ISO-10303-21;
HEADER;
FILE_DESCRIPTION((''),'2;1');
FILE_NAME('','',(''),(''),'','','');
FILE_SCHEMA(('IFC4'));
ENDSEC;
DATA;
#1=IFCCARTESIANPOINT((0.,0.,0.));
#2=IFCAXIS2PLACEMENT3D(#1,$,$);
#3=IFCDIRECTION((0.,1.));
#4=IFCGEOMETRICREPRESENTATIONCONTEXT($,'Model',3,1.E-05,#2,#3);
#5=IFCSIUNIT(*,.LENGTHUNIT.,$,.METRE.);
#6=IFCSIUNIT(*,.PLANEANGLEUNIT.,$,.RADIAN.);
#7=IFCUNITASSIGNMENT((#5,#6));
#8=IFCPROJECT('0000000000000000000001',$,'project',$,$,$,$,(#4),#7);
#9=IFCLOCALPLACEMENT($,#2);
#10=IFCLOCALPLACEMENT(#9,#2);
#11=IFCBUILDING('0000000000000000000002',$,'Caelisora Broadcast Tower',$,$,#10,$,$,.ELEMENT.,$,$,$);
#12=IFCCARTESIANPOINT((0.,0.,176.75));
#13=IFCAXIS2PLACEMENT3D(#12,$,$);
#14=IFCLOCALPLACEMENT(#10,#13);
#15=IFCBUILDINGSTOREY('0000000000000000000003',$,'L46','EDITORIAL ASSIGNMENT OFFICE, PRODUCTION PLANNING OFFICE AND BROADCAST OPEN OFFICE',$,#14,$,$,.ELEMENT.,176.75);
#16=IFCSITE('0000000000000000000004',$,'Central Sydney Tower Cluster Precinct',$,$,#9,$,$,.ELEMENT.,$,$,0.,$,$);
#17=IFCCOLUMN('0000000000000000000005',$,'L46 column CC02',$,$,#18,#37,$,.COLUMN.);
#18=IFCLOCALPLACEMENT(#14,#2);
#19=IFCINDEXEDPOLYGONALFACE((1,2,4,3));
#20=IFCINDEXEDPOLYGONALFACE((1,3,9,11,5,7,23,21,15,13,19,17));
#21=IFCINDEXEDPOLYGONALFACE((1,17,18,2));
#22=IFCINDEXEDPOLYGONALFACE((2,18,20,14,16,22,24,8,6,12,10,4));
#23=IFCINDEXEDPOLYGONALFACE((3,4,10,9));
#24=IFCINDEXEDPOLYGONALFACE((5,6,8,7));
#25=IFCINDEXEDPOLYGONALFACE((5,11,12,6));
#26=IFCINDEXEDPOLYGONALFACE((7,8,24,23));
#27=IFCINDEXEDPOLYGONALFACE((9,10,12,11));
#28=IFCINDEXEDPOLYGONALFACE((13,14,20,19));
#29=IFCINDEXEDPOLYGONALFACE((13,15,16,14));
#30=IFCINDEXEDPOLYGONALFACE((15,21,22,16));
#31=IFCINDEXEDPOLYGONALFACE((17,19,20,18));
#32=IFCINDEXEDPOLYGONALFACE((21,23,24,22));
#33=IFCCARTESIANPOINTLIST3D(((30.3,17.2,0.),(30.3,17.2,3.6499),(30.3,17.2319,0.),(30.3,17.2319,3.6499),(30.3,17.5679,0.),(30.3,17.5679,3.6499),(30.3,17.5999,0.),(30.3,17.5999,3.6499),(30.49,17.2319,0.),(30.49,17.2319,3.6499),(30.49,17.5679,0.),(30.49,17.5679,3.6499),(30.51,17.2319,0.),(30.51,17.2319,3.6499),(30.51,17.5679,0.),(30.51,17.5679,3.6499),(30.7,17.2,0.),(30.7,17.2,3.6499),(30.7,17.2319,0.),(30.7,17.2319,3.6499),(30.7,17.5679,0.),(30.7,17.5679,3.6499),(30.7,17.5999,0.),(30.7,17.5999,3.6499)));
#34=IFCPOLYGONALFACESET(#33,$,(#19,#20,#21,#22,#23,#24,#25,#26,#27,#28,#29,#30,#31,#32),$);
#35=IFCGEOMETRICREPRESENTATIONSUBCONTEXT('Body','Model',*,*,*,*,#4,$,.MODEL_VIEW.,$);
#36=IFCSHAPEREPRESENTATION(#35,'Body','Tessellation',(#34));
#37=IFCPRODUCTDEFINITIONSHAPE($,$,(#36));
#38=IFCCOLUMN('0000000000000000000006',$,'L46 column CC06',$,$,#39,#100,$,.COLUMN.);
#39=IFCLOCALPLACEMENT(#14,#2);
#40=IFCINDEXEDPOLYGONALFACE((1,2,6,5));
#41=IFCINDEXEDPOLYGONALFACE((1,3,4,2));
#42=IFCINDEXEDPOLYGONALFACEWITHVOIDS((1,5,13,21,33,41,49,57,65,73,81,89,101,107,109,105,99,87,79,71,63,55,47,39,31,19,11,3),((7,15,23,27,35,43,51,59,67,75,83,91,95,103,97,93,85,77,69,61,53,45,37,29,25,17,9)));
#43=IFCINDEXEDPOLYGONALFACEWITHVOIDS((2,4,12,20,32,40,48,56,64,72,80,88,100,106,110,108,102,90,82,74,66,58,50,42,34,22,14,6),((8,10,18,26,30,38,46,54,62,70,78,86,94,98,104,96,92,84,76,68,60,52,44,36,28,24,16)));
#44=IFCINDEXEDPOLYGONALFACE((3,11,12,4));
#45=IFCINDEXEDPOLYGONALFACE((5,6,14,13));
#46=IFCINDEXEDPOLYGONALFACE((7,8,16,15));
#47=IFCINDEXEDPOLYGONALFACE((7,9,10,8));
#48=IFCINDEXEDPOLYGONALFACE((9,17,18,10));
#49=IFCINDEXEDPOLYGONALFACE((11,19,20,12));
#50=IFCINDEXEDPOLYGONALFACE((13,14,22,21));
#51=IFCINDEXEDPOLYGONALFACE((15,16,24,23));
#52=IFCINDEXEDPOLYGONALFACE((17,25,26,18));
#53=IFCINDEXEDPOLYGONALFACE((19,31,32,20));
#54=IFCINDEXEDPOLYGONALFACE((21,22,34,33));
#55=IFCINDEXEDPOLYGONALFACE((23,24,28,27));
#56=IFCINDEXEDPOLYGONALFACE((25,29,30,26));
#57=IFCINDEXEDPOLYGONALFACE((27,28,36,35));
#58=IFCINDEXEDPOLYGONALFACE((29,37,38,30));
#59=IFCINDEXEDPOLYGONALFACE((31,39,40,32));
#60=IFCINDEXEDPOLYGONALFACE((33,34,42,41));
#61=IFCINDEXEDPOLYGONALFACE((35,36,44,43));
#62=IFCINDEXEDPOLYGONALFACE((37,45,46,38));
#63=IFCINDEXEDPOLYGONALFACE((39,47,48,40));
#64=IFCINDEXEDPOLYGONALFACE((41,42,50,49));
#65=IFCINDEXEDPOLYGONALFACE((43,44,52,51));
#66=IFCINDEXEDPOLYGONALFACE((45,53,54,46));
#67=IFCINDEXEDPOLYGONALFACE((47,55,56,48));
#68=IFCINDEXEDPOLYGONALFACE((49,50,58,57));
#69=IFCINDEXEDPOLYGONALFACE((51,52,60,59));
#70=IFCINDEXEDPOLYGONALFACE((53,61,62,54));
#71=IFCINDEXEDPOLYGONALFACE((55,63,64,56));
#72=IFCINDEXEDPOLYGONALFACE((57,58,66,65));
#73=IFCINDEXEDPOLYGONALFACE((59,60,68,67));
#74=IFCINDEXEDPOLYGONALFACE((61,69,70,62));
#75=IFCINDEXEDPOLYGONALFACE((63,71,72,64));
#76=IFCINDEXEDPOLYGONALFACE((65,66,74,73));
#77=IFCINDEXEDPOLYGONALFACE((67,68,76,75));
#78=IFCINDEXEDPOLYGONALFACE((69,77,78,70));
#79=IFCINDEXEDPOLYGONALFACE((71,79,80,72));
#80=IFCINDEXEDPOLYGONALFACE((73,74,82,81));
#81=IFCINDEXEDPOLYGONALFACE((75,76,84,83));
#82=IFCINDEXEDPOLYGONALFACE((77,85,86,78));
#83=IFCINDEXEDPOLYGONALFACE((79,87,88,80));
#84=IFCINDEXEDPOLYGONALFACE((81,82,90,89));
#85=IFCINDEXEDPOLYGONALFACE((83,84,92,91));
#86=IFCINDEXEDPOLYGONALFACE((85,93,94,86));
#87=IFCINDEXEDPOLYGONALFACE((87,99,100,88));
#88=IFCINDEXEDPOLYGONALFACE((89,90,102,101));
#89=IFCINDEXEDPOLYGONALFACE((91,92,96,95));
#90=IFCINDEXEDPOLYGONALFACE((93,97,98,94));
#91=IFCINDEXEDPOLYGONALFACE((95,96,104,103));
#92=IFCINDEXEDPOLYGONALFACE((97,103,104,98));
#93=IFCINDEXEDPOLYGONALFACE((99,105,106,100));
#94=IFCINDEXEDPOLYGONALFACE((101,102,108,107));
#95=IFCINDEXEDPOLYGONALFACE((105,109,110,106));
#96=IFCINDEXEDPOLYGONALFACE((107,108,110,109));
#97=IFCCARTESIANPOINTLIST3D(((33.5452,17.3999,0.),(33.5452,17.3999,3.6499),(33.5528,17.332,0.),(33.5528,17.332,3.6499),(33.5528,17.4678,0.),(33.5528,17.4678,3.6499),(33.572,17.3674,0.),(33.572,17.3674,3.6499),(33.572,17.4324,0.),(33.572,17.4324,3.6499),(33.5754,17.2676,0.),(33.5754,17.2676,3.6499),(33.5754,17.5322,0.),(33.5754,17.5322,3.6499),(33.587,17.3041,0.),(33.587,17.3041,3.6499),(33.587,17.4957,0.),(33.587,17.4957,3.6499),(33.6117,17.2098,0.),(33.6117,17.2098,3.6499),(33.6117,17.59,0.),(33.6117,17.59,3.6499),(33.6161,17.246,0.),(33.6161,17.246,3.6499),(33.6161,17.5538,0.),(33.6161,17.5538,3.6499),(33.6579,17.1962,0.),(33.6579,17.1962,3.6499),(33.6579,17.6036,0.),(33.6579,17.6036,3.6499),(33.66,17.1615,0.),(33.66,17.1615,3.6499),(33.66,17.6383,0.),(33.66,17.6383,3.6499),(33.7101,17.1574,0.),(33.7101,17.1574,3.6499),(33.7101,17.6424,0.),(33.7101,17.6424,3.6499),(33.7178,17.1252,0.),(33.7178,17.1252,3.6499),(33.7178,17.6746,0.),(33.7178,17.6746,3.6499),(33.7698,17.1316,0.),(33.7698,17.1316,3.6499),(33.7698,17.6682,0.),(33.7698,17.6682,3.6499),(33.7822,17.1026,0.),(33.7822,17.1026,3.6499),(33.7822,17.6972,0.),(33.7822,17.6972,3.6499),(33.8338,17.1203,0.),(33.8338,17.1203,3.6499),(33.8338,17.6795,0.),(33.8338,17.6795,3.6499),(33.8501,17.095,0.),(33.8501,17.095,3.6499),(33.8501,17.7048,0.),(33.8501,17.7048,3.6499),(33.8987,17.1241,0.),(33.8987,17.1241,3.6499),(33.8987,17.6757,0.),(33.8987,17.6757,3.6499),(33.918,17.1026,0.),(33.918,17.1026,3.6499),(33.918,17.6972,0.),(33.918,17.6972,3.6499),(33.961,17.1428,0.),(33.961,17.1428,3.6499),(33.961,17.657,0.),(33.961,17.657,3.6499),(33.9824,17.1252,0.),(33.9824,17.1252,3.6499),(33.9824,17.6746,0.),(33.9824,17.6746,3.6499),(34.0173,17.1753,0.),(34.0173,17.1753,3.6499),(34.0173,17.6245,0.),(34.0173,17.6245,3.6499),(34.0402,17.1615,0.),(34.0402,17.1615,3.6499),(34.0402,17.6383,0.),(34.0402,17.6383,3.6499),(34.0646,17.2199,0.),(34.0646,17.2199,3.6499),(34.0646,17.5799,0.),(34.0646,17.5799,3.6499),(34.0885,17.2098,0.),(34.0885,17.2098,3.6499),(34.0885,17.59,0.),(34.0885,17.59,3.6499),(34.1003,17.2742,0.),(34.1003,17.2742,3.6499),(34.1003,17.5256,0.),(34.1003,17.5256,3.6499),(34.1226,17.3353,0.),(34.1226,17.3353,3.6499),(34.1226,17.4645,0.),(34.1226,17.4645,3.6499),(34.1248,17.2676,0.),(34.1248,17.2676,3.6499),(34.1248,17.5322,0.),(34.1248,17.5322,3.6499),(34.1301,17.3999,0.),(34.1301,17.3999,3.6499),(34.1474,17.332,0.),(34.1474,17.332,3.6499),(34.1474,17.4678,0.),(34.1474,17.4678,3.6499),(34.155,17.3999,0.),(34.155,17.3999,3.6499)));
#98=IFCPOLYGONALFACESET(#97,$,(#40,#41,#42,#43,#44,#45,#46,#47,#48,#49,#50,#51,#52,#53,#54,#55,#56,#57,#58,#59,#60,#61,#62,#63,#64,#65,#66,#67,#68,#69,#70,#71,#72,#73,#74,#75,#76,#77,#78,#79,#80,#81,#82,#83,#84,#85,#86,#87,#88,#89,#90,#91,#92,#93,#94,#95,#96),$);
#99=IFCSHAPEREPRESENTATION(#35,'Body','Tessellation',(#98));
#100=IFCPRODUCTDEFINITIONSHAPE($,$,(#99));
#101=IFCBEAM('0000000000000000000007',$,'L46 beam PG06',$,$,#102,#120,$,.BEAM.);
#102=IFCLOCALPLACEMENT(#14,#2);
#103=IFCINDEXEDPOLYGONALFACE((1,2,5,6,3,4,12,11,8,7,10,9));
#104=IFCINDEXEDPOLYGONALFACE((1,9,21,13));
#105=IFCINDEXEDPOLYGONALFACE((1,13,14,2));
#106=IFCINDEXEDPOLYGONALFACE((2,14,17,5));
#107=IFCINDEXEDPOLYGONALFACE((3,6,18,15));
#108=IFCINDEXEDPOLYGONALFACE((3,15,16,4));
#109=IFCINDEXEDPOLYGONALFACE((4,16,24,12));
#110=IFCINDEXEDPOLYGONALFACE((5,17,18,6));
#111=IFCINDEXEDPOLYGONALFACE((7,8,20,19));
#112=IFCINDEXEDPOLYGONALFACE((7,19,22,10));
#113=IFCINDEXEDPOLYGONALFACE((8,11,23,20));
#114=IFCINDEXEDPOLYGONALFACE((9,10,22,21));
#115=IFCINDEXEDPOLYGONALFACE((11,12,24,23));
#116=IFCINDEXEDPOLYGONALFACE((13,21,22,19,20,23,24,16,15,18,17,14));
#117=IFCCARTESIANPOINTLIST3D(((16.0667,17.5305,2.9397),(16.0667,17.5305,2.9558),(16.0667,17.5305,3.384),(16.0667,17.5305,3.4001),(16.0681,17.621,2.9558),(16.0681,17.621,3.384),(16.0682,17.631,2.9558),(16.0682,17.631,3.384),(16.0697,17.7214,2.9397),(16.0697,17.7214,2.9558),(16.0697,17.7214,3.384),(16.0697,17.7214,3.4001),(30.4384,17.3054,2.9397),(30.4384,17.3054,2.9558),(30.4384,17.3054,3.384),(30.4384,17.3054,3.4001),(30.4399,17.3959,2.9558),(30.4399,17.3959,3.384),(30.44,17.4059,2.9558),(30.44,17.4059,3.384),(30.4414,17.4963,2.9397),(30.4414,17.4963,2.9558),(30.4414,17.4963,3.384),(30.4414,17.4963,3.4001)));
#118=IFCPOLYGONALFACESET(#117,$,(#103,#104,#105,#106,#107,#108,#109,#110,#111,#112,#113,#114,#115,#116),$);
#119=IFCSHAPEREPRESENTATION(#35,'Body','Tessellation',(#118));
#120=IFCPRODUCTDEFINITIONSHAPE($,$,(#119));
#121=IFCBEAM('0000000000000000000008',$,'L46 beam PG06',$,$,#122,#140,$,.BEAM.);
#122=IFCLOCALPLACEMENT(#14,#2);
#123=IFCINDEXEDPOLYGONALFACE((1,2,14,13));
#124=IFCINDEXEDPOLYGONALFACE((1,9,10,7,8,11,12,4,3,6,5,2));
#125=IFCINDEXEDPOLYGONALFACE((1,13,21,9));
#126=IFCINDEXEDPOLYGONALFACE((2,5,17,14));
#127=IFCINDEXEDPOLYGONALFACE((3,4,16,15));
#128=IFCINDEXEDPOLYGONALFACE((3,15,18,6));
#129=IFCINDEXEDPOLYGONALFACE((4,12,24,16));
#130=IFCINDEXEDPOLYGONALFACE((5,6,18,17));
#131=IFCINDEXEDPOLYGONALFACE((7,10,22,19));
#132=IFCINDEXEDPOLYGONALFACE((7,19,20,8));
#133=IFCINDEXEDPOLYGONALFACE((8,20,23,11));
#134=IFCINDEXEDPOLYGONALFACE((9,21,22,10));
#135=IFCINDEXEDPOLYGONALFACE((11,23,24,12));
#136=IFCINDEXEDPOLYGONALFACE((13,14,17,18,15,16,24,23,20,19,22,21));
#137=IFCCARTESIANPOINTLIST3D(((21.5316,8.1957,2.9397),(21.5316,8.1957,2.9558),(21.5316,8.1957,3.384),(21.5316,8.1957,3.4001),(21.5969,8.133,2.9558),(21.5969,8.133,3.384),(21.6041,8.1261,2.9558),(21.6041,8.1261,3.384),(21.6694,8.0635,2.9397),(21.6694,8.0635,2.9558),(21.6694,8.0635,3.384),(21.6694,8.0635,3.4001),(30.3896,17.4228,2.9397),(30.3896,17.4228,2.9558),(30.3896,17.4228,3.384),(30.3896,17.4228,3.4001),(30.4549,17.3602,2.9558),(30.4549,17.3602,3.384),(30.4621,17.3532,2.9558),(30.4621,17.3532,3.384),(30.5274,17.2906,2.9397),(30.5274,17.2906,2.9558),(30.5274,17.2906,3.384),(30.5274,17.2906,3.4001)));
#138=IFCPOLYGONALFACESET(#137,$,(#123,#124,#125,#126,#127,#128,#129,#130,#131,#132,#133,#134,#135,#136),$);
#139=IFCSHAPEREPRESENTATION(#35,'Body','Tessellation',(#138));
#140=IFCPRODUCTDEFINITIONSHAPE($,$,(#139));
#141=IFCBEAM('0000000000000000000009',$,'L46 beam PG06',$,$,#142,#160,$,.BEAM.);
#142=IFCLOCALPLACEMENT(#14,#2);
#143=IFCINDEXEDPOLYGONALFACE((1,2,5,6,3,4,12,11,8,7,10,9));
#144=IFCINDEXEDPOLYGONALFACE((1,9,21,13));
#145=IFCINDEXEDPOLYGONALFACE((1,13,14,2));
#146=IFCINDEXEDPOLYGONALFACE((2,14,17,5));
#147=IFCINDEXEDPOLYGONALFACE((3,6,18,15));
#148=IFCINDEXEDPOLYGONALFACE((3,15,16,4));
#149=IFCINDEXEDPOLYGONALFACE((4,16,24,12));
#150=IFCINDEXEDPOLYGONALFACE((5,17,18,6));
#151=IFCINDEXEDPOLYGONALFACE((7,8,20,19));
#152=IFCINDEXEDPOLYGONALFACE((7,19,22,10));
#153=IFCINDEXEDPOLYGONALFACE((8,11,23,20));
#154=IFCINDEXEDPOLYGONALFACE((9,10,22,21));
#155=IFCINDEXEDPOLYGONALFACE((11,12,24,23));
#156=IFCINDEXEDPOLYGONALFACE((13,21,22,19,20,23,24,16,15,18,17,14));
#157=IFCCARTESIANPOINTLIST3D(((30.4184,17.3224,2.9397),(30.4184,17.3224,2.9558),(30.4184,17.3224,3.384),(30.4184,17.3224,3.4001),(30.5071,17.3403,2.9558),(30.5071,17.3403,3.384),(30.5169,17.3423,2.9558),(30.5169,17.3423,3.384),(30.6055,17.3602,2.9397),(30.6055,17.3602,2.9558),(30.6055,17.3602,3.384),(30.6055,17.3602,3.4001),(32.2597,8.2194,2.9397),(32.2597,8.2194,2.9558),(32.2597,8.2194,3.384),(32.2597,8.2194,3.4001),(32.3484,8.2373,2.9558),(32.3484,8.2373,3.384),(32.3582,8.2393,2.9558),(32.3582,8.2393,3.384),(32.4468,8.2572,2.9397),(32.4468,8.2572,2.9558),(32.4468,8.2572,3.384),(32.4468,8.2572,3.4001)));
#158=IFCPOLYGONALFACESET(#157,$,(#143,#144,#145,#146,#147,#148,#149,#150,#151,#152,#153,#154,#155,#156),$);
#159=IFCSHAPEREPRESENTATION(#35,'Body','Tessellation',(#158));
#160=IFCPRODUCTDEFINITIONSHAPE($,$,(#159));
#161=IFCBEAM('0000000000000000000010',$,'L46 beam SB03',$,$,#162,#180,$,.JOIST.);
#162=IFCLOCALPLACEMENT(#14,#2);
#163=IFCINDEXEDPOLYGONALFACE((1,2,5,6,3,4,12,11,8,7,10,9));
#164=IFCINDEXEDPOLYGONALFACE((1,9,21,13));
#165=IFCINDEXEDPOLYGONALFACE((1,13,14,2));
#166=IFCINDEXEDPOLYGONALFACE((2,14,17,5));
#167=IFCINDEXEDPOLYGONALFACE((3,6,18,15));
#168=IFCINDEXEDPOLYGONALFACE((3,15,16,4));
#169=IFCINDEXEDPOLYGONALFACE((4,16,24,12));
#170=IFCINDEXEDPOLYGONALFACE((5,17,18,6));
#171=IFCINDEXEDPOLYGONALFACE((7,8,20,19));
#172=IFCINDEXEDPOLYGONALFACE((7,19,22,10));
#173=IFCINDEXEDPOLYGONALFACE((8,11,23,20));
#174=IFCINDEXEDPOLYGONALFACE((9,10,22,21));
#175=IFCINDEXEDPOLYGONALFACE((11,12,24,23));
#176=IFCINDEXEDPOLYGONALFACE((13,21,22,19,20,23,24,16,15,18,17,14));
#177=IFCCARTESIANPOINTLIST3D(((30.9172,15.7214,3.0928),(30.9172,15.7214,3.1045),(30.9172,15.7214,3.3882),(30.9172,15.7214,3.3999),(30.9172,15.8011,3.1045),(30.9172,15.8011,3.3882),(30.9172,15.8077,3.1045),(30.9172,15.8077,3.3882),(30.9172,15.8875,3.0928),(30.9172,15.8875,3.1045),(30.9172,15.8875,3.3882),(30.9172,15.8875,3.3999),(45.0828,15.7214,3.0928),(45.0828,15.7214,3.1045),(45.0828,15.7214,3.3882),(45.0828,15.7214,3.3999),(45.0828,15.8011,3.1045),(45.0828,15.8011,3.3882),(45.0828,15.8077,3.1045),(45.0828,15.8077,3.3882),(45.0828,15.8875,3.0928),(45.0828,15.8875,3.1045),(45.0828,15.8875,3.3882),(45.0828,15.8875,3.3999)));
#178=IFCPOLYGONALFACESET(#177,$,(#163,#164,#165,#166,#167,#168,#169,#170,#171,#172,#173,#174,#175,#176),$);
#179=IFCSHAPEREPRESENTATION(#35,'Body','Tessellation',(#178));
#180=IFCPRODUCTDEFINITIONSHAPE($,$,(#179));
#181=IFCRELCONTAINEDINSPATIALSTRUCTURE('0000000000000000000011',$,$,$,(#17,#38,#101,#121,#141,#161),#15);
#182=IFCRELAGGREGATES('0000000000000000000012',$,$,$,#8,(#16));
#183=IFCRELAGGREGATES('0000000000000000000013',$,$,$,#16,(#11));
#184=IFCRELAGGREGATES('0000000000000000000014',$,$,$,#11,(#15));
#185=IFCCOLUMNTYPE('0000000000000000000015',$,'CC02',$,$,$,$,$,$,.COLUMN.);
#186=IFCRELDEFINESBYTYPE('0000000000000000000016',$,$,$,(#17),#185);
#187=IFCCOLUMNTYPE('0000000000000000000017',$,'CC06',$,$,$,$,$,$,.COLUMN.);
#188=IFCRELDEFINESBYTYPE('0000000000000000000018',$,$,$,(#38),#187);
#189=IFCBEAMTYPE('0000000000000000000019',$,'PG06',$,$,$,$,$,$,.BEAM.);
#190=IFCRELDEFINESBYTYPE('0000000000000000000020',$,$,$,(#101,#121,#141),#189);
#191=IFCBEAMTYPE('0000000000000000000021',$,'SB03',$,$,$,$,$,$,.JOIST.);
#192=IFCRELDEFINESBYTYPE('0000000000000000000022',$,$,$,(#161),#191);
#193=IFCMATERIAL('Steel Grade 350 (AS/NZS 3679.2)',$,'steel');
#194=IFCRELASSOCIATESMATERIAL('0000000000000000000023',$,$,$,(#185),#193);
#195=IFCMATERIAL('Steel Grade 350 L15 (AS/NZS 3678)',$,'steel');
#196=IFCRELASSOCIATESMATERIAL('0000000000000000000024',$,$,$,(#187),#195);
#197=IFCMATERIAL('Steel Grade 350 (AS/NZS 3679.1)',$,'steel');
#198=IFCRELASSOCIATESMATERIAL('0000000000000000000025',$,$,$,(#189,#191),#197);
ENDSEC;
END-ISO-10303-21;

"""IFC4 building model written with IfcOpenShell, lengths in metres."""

from ifc_helpers import new_model, si_unit, direction, frame, origin, origin_2d, place, context, subcontext, project, spatial, hollow_circle, i_section, extrude, source, transform, mapped, material, material_profile, profile_set, type_object, type_shapes, element, save


model = new_model("IFC4")

# Units and contexts
model_context = context("Model", 3, precision=1e-05, world=origin(), true_north=direction((0.0, 1.0)))
body_context = subcontext(model_context, "Body", "Model", "MODEL_VIEW")
ifc_project = project(units=[si_unit("LENGTHUNIT", "METRE"), si_unit("PLANEANGLEUNIT", "RADIAN")], contexts=[model_context])

# Site, building, storey
site_placement = place(None, origin())
site = spatial("IfcSite", under=ifc_project, at=site_placement, Name="Central Sydney Tower Cluster Precinct", CompositionType="ELEMENT", RefElevation=0.0)
building_placement = place(site_placement, origin())
building = spatial("IfcBuilding", under=site, at=building_placement, Name="Caelisora Broadcast Tower", CompositionType="ELEMENT")
storey_placement = place(building_placement, frame((0.0, 0.0, 176.75)))
storey = spatial("IfcBuildingStorey", under=building, at=storey_placement, Name="L46", Description="EDITORIAL ASSIGNMENT OFFICE, PRODUCTION PLANNING OFFICE AND BROADCAST OPEN OFFICE", CompositionType="ELEMENT", Elevation=176.75)

# Columns
ifc_material_1 = material(Name="Steel Grade 350 (AS/NZS 3679.2)", Category="steel")
ifc_material_profile_1 = material_profile(ifc_material_1, i_section(OverallWidth=0.3999, OverallDepth=0.3999, WebThickness=0.02, FlangeThickness=0.032, at=origin_2d()), Name="Steel Grade 350 (AS/NZS 3679.2)")
ifc_profile_set_1 = profile_set([ifc_material_profile_1], Name="Steel Grade 350 (AS/NZS 3679.2)")
column_type_1 = type_object("IfcColumnType", Name="CC02", PredefinedType="COLUMN", material=ifc_profile_set_1)
shared_shape_1 = source(origin(), body_context, "Body", "SweptSolid", [
    extrude(i_section(OverallWidth=0.3999, OverallDepth=0.3999, WebThickness=0.02, FlangeThickness=0.032, at=origin_2d()), origin(), (0.0, 0.0, 1.0), 3.6499),
])
type_shapes(column_type_1, [shared_shape_1])
column_1_placement = place(storey_placement, frame((30.5, 17.3999, 0.0), z_axis=(0.0, 0.0, 1.0), x_axis=(1.0, 0.0, 0.0)))
element("IfcColumn", 1, at=column_1_placement, inside=storey, type_object=column_type_1, Name="L46 column CC02", PredefinedType="COLUMN", context=body_context, shape_type="MappedRepresentation", body=[
    mapped(shared_shape_1, transform((0.0, 0.0, 0.0), scale=1.0)),
])
ifc_material_2 = material(Name="Steel Grade 350 L15 (AS/NZS 3678)", Category="steel")
ifc_material_profile_2 = material_profile(ifc_material_2, hollow_circle(Radius=0.3049, WallThickness=0.0249, at=origin_2d()), Name="Steel Grade 350 L15 (AS/NZS 3678)")
ifc_profile_set_2 = profile_set([ifc_material_profile_2], Name="Steel Grade 350 L15 (AS/NZS 3678)")
column_type_2 = type_object("IfcColumnType", Name="CC06", PredefinedType="COLUMN", material=ifc_profile_set_2)
shared_shape_2 = source(origin(), body_context, "Body", "SweptSolid", [
    extrude(hollow_circle(Radius=0.3049, WallThickness=0.0249, at=origin_2d()), origin(), (0.0, 0.0, 1.0), 3.6499),
])
type_shapes(column_type_2, [shared_shape_2])
column_2_placement = place(storey_placement, frame((33.8501, 17.3999, 0.0), z_axis=(0.0, 0.0, 1.0), x_axis=(1.0, 0.0, 0.0)))
element("IfcColumn", 2, at=column_2_placement, inside=storey, type_object=column_type_2, Name="L46 column CC06", PredefinedType="COLUMN", context=body_context, shape_type="MappedRepresentation", body=[
    mapped(shared_shape_2, transform((0.0, 0.0, 0.0), scale=1.0)),
])

# Beams
ifc_material_3 = material(Name="Steel Grade 350 (AS/NZS 3679.1)", Category="steel")
ifc_material_profile_3 = material_profile(ifc_material_3, i_section(OverallWidth=0.1909, OverallDepth=0.4604, WebThickness=0.01, FlangeThickness=0.0161, at=origin_2d()), Name="Steel Grade 350 (AS/NZS 3679.1)")
ifc_profile_set_3 = profile_set([ifc_material_profile_3], Name="Steel Grade 350 (AS/NZS 3679.1)")
beam_type_1 = type_object("IfcBeamType", Name="PG06", PredefinedType="BEAM", material=ifc_profile_set_3)
shared_shape_3 = source(origin(), body_context, "Body", "SweptSolid", [
    extrude(i_section(OverallWidth=0.1909, OverallDepth=0.4604, WebThickness=0.01, FlangeThickness=0.0161, at=origin_2d()), origin(), (0.0, 0.0, 1.0), 14.3735),
])
beam_1_placement = place(storey_placement, frame((30.4399, 17.4009, 3.1699), z_axis=(-0.999877, 0.015661, 0.0), x_axis=(-0.015661, -0.999877, 0.0)))
element("IfcBeam", 3, at=beam_1_placement, inside=storey, type_object=beam_type_1, Name="L46 beam PG06", PredefinedType="BEAM", context=body_context, shape_type="MappedRepresentation", body=[
    mapped(shared_shape_3, transform((0.0, 0.0, 0.0), scale=1.0)),
])
shared_shape_4 = source(origin(), body_context, "Body", "SweptSolid", [
    extrude(i_section(OverallWidth=0.1909, OverallDepth=0.4604, WebThickness=0.01, FlangeThickness=0.0161, at=origin_2d()), origin(), (0.0, 0.0, 1.0), 12.7908),
])
beam_2_placement = place(storey_placement, frame((30.4585, 17.3567, 3.1699), z_axis=(-0.692529, -0.72139, 0.0), x_axis=(0.72139, -0.692529, 0.0)))
element("IfcBeam", 4, at=beam_2_placement, inside=storey, type_object=beam_type_1, Name="L46 beam PG06", PredefinedType="BEAM", context=body_context, shape_type="MappedRepresentation", body=[
    mapped(shared_shape_4, transform((0.0, 0.0, 0.0), scale=1.0)),
])
shared_shape_5 = source(origin(), body_context, "Body", "SweptSolid", [
    extrude(i_section(OverallWidth=0.1909, OverallDepth=0.4604, WebThickness=0.01, FlangeThickness=0.0161, at=origin_2d()), origin(), (0.0, 0.0, 1.0), 9.2874),
])
type_shapes(beam_type_1, [shared_shape_3, shared_shape_4, shared_shape_5])
beam_3_placement = place(storey_placement, frame((30.512, 17.3413, 3.1699), z_axis=(0.198259, -0.98015, 0.0), x_axis=(0.98015, 0.198259, 0.0)))
element("IfcBeam", 5, at=beam_3_placement, inside=storey, type_object=beam_type_1, Name="L46 beam PG06", PredefinedType="BEAM", context=body_context, shape_type="MappedRepresentation", body=[
    mapped(shared_shape_5, transform((0.0, 0.0, 0.0), scale=1.0)),
])
ifc_material_profile_4 = material_profile(ifc_material_3, i_section(OverallWidth=0.166, OverallDepth=0.3071, WebThickness=0.0066, FlangeThickness=0.0117, at=origin_2d()), Name="Steel Grade 350 (AS/NZS 3679.1)")
ifc_profile_set_4 = profile_set([ifc_material_profile_4], Name="Steel Grade 350 (AS/NZS 3679.1)")
beam_type_2 = type_object("IfcBeamType", Name="SB03", PredefinedType="JOIST", material=ifc_profile_set_4)
shared_shape_6 = source(origin(), body_context, "Body", "SweptSolid", [
    extrude(i_section(OverallWidth=0.166, OverallDepth=0.3071, WebThickness=0.0066, FlangeThickness=0.0117, at=origin_2d()), origin(), (0.0, 0.0, 1.0), 14.1655),
])
type_shapes(beam_type_2, [shared_shape_6])
beam_4_placement = place(storey_placement, frame((30.9172, 15.8044, 3.2463), z_axis=(1.0, 0.0, 0.0), x_axis=(0.0, 1.0, 0.0)))
element("IfcBeam", 6, at=beam_4_placement, inside=storey, type_object=beam_type_2, Name="L46 beam SB03", PredefinedType="JOIST", context=body_context, shape_type="MappedRepresentation", body=[
    mapped(shared_shape_6, transform((0.0, 0.0, 0.0), scale=1.0)),
])

save(model, "model.ifc")
